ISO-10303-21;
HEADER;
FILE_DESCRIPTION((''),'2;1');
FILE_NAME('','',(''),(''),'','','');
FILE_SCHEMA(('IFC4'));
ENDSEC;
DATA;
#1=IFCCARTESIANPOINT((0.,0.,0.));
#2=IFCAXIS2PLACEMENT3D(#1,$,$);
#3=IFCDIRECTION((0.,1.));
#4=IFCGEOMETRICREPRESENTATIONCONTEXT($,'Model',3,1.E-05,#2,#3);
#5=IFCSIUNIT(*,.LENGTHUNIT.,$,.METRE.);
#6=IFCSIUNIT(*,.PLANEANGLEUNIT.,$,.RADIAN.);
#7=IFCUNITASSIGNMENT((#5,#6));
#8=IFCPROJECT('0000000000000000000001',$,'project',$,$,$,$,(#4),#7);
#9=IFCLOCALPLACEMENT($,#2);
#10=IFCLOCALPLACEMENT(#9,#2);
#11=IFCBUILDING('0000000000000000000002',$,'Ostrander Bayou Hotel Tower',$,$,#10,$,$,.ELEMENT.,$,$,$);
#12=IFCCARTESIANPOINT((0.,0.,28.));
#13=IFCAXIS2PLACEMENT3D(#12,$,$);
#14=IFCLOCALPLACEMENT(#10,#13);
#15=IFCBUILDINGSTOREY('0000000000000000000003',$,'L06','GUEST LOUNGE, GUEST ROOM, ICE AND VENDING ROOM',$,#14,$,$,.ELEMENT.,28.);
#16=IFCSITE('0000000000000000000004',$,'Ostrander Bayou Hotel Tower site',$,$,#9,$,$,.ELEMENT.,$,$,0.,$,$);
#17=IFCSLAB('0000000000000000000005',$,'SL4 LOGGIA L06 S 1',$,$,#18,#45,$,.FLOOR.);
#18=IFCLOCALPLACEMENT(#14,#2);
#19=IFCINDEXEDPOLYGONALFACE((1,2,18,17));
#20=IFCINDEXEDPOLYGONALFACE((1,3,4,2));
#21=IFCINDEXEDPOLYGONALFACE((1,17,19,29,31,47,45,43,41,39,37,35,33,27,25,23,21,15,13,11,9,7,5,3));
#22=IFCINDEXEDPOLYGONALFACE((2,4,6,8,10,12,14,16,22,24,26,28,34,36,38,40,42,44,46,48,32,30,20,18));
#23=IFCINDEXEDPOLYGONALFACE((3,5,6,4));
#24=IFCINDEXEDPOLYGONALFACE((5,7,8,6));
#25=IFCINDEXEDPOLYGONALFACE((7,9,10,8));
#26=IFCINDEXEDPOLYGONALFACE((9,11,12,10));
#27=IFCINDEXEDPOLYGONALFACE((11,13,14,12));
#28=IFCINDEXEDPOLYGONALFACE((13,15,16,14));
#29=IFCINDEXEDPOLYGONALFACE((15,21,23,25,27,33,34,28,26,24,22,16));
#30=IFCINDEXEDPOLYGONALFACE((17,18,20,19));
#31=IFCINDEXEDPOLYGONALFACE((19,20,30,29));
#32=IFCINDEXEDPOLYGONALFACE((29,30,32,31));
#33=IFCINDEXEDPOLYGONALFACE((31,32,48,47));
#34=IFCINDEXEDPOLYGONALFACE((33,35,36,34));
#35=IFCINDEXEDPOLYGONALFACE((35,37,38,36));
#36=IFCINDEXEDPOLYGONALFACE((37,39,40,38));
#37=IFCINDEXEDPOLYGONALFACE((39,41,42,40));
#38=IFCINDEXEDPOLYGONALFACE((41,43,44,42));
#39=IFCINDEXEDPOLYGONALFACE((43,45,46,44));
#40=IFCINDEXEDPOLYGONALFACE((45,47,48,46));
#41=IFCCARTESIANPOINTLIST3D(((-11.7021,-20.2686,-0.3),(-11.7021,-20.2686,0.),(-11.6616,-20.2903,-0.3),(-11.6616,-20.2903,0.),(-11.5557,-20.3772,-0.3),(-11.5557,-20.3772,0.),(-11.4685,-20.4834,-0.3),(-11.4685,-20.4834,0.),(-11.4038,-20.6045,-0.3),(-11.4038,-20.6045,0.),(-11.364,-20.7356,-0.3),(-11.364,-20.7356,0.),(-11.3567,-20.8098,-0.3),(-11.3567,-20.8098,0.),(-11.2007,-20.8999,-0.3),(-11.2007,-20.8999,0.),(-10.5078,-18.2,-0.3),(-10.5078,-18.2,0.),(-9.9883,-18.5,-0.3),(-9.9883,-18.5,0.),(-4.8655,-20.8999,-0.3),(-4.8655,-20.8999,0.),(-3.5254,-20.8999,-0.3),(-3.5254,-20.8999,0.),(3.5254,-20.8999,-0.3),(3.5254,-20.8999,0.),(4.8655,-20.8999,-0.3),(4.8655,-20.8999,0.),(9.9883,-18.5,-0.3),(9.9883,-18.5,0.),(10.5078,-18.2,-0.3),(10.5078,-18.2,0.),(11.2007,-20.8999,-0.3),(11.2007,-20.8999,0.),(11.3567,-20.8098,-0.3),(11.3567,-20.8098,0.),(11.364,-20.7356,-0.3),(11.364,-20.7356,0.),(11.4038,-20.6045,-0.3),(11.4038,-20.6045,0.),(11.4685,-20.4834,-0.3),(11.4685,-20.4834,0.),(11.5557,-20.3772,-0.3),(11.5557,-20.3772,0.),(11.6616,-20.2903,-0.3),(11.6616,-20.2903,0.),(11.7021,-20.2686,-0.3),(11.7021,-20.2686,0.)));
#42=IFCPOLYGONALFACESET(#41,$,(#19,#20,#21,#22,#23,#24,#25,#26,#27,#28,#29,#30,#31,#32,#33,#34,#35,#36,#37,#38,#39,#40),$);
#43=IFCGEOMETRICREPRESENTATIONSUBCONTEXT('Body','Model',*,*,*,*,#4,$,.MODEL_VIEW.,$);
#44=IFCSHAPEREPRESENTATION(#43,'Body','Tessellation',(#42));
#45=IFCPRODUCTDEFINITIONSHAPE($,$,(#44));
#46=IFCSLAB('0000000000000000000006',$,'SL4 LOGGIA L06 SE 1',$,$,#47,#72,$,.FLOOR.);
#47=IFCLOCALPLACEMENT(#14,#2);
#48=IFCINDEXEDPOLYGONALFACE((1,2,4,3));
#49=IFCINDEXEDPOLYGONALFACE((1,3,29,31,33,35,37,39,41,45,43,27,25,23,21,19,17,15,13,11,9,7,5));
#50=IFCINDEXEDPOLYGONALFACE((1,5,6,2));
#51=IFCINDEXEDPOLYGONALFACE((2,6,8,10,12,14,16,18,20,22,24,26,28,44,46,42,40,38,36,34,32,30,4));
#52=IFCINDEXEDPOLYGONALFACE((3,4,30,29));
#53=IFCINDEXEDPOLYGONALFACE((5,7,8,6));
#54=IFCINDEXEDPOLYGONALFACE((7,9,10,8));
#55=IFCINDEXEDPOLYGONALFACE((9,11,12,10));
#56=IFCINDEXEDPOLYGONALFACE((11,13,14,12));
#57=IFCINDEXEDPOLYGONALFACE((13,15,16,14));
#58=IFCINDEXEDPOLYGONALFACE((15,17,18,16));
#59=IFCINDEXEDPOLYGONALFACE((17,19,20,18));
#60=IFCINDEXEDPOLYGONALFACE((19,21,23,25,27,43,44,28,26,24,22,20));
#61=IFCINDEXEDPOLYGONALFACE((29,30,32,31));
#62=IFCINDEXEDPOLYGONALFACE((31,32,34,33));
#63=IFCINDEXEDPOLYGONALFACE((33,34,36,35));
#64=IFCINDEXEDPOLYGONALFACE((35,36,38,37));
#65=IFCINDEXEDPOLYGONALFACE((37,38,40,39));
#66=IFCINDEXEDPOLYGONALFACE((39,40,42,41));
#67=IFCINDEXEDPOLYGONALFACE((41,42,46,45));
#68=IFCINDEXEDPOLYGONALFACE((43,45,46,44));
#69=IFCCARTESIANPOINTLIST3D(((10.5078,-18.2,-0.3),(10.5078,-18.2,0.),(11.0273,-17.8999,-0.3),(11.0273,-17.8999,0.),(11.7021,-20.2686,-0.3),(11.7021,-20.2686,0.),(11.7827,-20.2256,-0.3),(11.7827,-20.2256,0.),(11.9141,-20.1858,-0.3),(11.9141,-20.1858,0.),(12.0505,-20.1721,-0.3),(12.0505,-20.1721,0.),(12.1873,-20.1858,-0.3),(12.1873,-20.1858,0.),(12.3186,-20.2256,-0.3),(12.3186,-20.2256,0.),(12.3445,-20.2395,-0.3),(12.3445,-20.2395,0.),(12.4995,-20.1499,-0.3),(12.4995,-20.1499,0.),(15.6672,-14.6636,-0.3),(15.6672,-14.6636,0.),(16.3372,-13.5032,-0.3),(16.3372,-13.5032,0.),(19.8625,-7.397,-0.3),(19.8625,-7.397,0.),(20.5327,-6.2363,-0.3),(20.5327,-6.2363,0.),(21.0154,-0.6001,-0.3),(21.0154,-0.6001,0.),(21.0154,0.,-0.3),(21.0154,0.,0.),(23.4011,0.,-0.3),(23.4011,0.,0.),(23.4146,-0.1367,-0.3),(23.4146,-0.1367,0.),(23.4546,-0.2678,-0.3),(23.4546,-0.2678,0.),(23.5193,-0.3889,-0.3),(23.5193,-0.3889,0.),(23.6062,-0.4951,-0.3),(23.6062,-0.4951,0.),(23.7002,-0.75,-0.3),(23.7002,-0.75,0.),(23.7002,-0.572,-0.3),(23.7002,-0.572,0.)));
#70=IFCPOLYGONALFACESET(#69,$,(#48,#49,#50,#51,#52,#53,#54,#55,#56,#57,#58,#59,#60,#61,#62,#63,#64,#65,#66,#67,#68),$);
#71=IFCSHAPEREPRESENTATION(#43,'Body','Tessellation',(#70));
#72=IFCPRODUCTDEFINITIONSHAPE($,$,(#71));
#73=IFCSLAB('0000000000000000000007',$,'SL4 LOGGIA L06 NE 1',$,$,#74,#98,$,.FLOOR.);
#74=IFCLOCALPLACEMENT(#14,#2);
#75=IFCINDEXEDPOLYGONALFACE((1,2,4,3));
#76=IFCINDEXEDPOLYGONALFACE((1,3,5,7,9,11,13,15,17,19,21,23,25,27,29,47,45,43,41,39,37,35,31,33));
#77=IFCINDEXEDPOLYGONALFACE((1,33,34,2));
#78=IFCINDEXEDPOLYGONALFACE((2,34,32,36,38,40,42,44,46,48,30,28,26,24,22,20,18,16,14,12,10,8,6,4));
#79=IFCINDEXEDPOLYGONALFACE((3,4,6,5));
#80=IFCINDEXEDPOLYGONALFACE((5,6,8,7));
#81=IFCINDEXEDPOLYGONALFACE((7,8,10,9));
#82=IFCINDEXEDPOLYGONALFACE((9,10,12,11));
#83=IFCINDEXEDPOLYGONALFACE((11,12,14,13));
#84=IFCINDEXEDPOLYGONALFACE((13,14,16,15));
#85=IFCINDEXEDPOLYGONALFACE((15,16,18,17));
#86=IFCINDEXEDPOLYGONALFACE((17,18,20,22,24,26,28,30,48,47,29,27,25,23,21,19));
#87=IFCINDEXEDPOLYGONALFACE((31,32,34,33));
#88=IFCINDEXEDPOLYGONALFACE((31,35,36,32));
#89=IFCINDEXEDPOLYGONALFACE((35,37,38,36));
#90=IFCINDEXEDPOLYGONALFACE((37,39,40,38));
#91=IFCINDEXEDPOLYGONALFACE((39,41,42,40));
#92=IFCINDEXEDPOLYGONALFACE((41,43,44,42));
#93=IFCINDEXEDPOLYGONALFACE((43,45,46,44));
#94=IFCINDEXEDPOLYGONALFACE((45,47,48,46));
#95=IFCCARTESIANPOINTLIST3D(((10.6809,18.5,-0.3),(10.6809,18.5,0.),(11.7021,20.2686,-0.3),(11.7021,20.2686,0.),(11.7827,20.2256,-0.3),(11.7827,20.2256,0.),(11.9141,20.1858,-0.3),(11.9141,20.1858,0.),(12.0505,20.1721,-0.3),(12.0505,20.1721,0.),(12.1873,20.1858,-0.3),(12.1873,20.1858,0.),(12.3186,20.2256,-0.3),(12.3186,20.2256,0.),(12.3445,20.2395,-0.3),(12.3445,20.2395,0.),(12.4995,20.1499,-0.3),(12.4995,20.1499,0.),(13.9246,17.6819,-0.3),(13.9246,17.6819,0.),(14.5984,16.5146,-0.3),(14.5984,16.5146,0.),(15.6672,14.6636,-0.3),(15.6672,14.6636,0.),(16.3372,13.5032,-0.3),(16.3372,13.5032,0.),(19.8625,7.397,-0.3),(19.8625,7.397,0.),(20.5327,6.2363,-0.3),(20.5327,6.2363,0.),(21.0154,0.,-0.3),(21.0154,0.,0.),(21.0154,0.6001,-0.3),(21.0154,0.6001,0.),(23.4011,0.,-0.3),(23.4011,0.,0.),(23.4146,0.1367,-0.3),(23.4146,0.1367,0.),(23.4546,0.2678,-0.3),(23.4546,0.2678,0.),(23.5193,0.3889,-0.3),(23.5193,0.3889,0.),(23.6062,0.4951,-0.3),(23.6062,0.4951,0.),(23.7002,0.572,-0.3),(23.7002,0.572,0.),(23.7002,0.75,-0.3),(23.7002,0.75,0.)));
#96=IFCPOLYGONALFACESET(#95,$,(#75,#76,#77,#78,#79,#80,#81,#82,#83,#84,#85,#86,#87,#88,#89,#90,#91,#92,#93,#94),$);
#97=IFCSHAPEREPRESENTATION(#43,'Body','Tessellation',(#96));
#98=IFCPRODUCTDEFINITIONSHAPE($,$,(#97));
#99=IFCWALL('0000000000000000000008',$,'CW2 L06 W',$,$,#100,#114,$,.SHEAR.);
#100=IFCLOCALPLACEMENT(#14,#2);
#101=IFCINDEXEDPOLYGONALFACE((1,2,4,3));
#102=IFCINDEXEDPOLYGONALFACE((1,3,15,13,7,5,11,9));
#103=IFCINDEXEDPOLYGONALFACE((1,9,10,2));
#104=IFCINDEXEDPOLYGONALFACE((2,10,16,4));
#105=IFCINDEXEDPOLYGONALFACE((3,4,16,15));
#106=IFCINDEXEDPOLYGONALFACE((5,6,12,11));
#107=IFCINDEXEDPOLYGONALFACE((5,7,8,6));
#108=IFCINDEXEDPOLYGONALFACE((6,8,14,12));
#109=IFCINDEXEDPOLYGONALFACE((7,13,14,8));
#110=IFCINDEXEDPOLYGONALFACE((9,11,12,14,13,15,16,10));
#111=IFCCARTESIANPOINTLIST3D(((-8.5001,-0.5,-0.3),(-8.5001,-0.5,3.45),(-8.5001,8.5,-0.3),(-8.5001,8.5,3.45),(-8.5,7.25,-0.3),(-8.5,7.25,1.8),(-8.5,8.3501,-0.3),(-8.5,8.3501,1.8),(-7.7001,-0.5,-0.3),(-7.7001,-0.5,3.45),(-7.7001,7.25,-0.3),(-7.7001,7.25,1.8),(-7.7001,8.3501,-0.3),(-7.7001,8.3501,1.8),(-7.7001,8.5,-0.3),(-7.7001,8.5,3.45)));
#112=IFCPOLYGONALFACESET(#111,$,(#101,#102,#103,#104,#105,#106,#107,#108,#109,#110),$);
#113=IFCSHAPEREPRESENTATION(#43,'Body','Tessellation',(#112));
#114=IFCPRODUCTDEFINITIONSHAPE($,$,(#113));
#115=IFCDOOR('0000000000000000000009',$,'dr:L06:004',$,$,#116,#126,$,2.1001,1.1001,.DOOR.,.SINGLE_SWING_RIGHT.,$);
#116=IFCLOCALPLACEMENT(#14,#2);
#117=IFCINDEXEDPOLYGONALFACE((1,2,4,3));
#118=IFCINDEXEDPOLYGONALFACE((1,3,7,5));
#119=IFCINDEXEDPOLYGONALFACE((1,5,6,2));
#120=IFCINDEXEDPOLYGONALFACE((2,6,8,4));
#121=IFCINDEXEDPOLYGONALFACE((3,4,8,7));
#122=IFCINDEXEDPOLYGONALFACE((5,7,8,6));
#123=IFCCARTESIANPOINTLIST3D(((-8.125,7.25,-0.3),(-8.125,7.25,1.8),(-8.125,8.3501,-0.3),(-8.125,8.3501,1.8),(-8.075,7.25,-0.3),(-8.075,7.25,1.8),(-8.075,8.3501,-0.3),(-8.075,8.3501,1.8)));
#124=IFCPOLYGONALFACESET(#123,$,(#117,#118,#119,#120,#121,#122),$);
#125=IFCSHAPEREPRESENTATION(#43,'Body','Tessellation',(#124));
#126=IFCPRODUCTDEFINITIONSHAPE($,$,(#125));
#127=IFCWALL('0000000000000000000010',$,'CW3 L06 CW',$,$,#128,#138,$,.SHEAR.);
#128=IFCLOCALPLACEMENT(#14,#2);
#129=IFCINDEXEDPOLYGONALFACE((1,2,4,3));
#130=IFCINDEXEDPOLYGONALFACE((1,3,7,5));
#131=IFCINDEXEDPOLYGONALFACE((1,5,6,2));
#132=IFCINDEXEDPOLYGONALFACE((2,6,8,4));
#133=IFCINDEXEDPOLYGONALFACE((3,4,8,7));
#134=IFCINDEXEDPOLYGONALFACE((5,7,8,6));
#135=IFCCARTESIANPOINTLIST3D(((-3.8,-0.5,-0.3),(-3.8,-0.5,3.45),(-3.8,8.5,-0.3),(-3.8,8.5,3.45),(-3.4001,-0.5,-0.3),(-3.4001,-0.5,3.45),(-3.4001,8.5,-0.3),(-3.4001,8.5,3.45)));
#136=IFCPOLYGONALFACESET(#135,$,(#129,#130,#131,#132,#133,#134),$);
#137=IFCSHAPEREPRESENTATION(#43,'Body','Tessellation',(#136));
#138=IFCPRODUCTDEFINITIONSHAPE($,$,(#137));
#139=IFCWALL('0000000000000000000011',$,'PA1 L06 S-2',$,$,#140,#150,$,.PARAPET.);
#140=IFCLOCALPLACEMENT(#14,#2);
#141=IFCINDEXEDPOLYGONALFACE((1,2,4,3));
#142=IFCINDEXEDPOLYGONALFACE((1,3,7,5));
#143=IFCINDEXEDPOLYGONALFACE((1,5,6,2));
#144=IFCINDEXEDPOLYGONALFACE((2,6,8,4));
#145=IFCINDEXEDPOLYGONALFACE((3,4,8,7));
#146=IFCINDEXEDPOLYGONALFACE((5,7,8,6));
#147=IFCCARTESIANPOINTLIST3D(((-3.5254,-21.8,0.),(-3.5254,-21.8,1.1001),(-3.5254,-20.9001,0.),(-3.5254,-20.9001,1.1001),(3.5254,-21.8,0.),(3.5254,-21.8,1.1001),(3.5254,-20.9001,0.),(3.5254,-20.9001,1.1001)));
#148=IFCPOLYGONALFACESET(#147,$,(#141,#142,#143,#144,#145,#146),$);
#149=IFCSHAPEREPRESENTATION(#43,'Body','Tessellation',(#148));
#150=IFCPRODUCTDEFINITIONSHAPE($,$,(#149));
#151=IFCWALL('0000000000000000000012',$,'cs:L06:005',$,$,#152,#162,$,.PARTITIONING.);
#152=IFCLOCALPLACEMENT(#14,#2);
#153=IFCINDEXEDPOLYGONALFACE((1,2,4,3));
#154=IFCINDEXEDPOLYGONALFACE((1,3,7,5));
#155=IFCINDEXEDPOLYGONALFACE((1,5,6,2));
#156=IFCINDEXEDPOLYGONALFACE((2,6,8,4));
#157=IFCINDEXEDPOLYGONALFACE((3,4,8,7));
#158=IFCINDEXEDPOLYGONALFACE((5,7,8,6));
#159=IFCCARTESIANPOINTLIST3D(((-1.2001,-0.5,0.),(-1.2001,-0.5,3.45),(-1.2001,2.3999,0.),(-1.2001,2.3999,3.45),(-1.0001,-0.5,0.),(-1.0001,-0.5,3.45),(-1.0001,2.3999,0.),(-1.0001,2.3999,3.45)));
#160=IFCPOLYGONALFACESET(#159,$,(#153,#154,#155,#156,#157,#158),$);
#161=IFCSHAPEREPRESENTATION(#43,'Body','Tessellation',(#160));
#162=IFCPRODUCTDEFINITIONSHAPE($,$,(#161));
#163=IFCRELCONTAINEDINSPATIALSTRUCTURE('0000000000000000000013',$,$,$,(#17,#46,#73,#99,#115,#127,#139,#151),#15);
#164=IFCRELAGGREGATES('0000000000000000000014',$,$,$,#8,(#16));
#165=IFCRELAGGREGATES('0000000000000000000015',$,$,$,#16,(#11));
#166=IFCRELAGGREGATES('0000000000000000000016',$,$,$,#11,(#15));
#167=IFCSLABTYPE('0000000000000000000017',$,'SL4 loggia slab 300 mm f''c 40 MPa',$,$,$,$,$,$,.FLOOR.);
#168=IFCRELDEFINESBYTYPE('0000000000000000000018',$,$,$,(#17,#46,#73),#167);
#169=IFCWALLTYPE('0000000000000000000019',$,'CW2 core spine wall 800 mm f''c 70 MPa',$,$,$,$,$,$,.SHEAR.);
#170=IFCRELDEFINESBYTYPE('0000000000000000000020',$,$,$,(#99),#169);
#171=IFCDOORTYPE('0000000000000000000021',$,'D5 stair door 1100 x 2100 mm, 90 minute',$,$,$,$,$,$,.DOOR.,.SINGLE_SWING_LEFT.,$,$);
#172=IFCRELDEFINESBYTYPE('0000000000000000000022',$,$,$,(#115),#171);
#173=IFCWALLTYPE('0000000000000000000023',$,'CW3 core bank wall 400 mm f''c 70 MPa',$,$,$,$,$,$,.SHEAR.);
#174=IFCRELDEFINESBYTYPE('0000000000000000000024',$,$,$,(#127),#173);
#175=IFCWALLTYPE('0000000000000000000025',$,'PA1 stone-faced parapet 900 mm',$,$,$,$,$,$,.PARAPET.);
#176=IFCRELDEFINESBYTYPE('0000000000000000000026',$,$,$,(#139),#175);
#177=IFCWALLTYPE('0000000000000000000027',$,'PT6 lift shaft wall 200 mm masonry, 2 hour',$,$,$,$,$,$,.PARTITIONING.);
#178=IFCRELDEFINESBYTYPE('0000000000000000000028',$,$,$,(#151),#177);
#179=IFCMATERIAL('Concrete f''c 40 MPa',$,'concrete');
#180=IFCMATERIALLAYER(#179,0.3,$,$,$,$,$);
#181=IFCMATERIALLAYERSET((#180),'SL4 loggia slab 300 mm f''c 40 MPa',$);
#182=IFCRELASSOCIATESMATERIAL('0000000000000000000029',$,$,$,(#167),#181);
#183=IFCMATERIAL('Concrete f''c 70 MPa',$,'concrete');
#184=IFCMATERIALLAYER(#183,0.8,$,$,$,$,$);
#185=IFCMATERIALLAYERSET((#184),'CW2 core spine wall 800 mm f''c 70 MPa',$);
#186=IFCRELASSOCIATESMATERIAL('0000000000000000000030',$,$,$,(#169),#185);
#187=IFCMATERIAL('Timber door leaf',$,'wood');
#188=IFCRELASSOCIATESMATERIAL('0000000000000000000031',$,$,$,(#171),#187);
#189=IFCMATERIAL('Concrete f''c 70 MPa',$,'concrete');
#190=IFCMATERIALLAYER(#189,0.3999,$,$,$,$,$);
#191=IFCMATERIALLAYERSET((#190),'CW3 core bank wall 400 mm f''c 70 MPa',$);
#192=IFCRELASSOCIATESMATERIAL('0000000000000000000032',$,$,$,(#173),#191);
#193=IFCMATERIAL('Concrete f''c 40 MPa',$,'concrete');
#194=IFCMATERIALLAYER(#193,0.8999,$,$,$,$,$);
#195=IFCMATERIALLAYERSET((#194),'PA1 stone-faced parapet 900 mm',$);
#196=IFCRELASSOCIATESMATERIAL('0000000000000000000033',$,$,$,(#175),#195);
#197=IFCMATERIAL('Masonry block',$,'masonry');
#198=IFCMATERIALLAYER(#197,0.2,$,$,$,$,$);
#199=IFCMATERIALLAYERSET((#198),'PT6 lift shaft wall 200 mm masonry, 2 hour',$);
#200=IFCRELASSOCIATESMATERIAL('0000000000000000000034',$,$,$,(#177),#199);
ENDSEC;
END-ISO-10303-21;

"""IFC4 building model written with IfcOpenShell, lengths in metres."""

from ifc_helpers import new_model, si_unit, direction, frame, frame_2d, origin, place, context, subcontext, project, spatial, polyline, rectangle, outline, extrude, material, layer, layer_set, type_object, element, fill, save


model = new_model("IFC4")

# Units and contexts
model_context = context("Model", 3, precision=1e-05, world=origin(), true_north=direction((0.0, 1.0)))
body_context = subcontext(model_context, "Body", "Model", "MODEL_VIEW")
ifc_project = project(units=[si_unit("LENGTHUNIT", "METRE"), si_unit("PLANEANGLEUNIT", "RADIAN")], contexts=[model_context])

# Site, building, storey
site_placement = place(None, origin())
site = spatial("IfcSite", under=ifc_project, at=site_placement, Name="Ostrander Bayou Hotel Tower site", CompositionType="ELEMENT", RefElevation=0.0)
building_placement = place(site_placement, origin())
building = spatial("IfcBuilding", under=site, at=building_placement, Name="Ostrander Bayou Hotel Tower", CompositionType="ELEMENT")
storey_placement = place(building_placement, frame((0.0, 0.0, 28.0)))
storey = spatial("IfcBuildingStorey", under=building, at=storey_placement, Name="L06", Description="GUEST LOUNGE, GUEST ROOM, ICE AND VENDING ROOM", CompositionType="ELEMENT", Elevation=28.0)

# Slabs
ifc_material_1 = material(Name="Concrete f'c 40 MPa", Category="concrete")
ifc_layer_1 = layer(ifc_material_1, 0.3)
ifc_layer_set_1 = layer_set([ifc_layer_1], Name="SL4 loggia slab 300 mm f'c 40 MPa")
slab_type_1 = type_object("IfcSlabType", Name="SL4 loggia slab 300 mm f'c 40 MPa", PredefinedType="FLOOR", material=ifc_layer_set_1)
slab_1_placement = place(storey_placement, frame((0.0, 0.0, -0.3)))
element("IfcSlab", 1, at=slab_1_placement, inside=storey, type_object=slab_type_1, Name="SL4 LOGGIA L06 S 1", PredefinedType="FLOOR", context=body_context, shape_type="SweptSolid", body=[
    extrude(outline(polyline([(10.5078, -18.2), (11.7021, -20.2686), (11.6616, -20.2903), (11.5557, -20.3772), (11.4685, -20.4834), (11.4038, -20.6045), (11.364, -20.7356), (11.3567, -20.8098), (11.2007, -20.8999), (4.8655, -20.8999), (3.5254, -20.8999), (-3.5254, -20.8999), (-4.8655, -20.8999), (-11.2007, -20.8999), (-11.3567, -20.8098), (-11.364, -20.7356), (-11.4038, -20.6045), (-11.4685, -20.4834), (-11.5557, -20.3772), (-11.6616, -20.2903), (-11.7021, -20.2686), (-10.5078, -18.2), (-9.9883, -18.5), (9.9883, -18.5), (10.5078, -18.2)])), origin(), (0.0, 0.0, 1.0), 0.3),
])
slab_2_placement = place(storey_placement, frame((0.0, 0.0, -0.3)))
element("IfcSlab", 2, at=slab_2_placement, inside=storey, type_object=slab_type_1, Name="SL4 LOGGIA L06 SE 1", PredefinedType="FLOOR", context=body_context, shape_type="SweptSolid", body=[
    extrude(outline(polyline([(21.0154, 0.0), (23.4011, 0.0), (23.4146, -0.1367), (23.4546, -0.2678), (23.5193, -0.3889), (23.6062, -0.4951), (23.7002, -0.572), (23.7002, -0.75), (20.5327, -6.2363), (19.8625, -7.397), (16.3372, -13.5032), (15.6672, -14.6636), (12.4995, -20.1499), (12.3445, -20.2395), (12.3186, -20.2256), (12.1873, -20.1858), (12.0505, -20.1721), (11.9141, -20.1858), (11.7827, -20.2256), (11.7021, -20.2686), (10.5078, -18.2), (11.0273, -17.8999), (21.0154, -0.6001), (21.0154, 0.0)])), origin(), (0.0, 0.0, 1.0), 0.3),
])
slab_3_placement = place(storey_placement, frame((0.0, 0.0, -0.3)))
element("IfcSlab", 3, at=slab_3_placement, inside=storey, type_object=slab_type_1, Name="SL4 LOGGIA L06 NE 1", PredefinedType="FLOOR", context=body_context, shape_type="SweptSolid", body=[
    extrude(outline(polyline([(11.7021, 20.2686), (11.7827, 20.2256), (11.9141, 20.1858), (12.0505, 20.1721), (12.1873, 20.1858), (12.3186, 20.2256), (12.3445, 20.2395), (12.4995, 20.1499), (13.9246, 17.6819), (14.5984, 16.5146), (15.6672, 14.6636), (16.3372, 13.5032), (19.8625, 7.397), (20.5327, 6.2363), (23.7002, 0.75), (23.7002, 0.572), (23.6062, 0.4951), (23.5193, 0.3889), (23.4546, 0.2678), (23.4146, 0.1367), (23.4011, 0.0), (21.0154, 0.0), (21.0154, 0.6001), (10.6809, 18.5), (11.7021, 20.2686)])), origin(), (0.0, 0.0, 1.0), 0.3),
])

# Wall, opening, door
ifc_material_2 = material(Name="Concrete f'c 70 MPa", Category="concrete")
ifc_layer_2 = layer(ifc_material_2, 0.8)
ifc_layer_set_2 = layer_set([ifc_layer_2], Name="CW2 core spine wall 800 mm f'c 70 MPa")
wall_type_1 = type_object("IfcWallType", Name="CW2 core spine wall 800 mm f'c 70 MPa", PredefinedType="SHEAR", material=ifc_layer_set_2)
wall_1_placement = place(storey_placement, frame((-8.1001, -0.5, -0.3), z_axis=(0.0, 0.0, 1.0), x_axis=(0.0, 1.0, 0.0)))
wall_1 = element("IfcWall", 4, at=wall_1_placement, inside=storey, type_object=wall_type_1, Name="CW2 L06 W", PredefinedType="SHEAR", context=body_context, shape_type="SweptSolid", body=[
    extrude(rectangle(XDim=9.0, YDim=0.8, at=frame_2d((4.5, 0.0))), origin(), (0.0, 0.0, 1.0), 3.75),
])
opening_1_placement = place(wall_1_placement, frame((7.75, 0.0, 0.0)))
opening_1 = element("IfcOpeningElement", 5, at=opening_1_placement, cuts=wall_1, PredefinedType="OPENING", context=body_context, shape_type="SweptSolid", body=[
    extrude(rectangle(XDim=1.1001, YDim=2.1001, at=frame_2d((0.55, 1.05))), frame((0.0, 0.3999, 0.0), z_axis=(0.0, -1.0, 0.0), x_axis=(1.0, 0.0, 0.0)), (0.0, 0.0, 1.0), 0.8),
])
ifc_material_3 = material(Name="Timber door leaf", Category="wood")
door_type_1 = type_object("IfcDoorType", Name="D5 stair door 1100 x 2100 mm, 90 minute", OperationType="SINGLE_SWING_LEFT", PredefinedType="DOOR", material=ifc_material_3)
door_1_placement = place(opening_1_placement, origin())
door_1 = element("IfcDoor", 6, at=door_1_placement, inside=storey, type_object=door_type_1, Name="dr:L06:004", OperationType="SINGLE_SWING_RIGHT", OverallHeight=2.1001, OverallWidth=1.1001, PredefinedType="DOOR", context=body_context, shape_type="SweptSolid", body=[
    extrude(rectangle(XDim=1.1001, YDim=2.1001, at=frame_2d((0.55, 1.05))), frame((0.0, 0.0249, 0.0), z_axis=(0.0, -1.0, 0.0), x_axis=(1.0, 0.0, 0.0)), (0.0, 0.0, 1.0), 0.05),
])
fill(opening_1, door_1)

# Walls
ifc_material_4 = material(Name="Concrete f'c 70 MPa", Category="concrete")
ifc_layer_3 = layer(ifc_material_4, 0.3999)
ifc_layer_set_3 = layer_set([ifc_layer_3], Name="CW3 core bank wall 400 mm f'c 70 MPa")
wall_type_2 = type_object("IfcWallType", Name="CW3 core bank wall 400 mm f'c 70 MPa", PredefinedType="SHEAR", material=ifc_layer_set_3)
wall_2_placement = place(storey_placement, frame((-3.6001, -0.5, -0.3), z_axis=(0.0, 0.0, 1.0), x_axis=(0.0, 1.0, 0.0)))
element("IfcWall", 7, at=wall_2_placement, inside=storey, type_object=wall_type_2, Name="CW3 L06 CW", PredefinedType="SHEAR", context=body_context, shape_type="SweptSolid", body=[
    extrude(rectangle(XDim=9.0, YDim=0.3999, at=frame_2d((4.5, 0.0))), origin(), (0.0, 0.0, 1.0), 3.75),
])
ifc_material_5 = material(Name="Concrete f'c 40 MPa", Category="concrete")
ifc_layer_4 = layer(ifc_material_5, 0.8999)
ifc_layer_set_4 = layer_set([ifc_layer_4], Name="PA1 stone-faced parapet 900 mm")
wall_type_3 = type_object("IfcWallType", Name="PA1 stone-faced parapet 900 mm", PredefinedType="PARAPET", material=ifc_layer_set_4)
wall_3_placement = place(storey_placement, frame((-3.5254, -21.3501, 0.0), z_axis=(0.0, 0.0, 1.0), x_axis=(1.0, 0.0, 0.0)))
element("IfcWall", 8, at=wall_3_placement, inside=storey, type_object=wall_type_3, Name="PA1 L06 S-2", PredefinedType="PARAPET", context=body_context, shape_type="SweptSolid", body=[
    extrude(rectangle(XDim=7.0508, YDim=0.8999, at=frame_2d((3.5254, 0.0))), origin(), (0.0, 0.0, 1.0), 1.1001),
])
ifc_material_6 = material(Name="Masonry block", Category="masonry")
ifc_layer_5 = layer(ifc_material_6, 0.2)
ifc_layer_set_5 = layer_set([ifc_layer_5], Name="PT6 lift shaft wall 200 mm masonry, 2 hour")
wall_type_4 = type_object("IfcWallType", Name="PT6 lift shaft wall 200 mm masonry, 2 hour", PredefinedType="PARTITIONING", material=ifc_layer_set_5)
wall_4_placement = place(storey_placement, frame((-1.1001, -0.5, 0.0), z_axis=(0.0, 0.0, 1.0), x_axis=(0.0, 1.0, 0.0)))
element("IfcWall", 9, at=wall_4_placement, inside=storey, type_object=wall_type_4, Name="cs:L06:005", PredefinedType="PARTITIONING", context=body_context, shape_type="SweptSolid", body=[
    extrude(rectangle(XDim=2.8999, YDim=0.2, at=frame_2d((1.45, 0.0))), origin(), (0.0, 0.0, 1.0), 3.45),
])

save(model, "model.ifc")
